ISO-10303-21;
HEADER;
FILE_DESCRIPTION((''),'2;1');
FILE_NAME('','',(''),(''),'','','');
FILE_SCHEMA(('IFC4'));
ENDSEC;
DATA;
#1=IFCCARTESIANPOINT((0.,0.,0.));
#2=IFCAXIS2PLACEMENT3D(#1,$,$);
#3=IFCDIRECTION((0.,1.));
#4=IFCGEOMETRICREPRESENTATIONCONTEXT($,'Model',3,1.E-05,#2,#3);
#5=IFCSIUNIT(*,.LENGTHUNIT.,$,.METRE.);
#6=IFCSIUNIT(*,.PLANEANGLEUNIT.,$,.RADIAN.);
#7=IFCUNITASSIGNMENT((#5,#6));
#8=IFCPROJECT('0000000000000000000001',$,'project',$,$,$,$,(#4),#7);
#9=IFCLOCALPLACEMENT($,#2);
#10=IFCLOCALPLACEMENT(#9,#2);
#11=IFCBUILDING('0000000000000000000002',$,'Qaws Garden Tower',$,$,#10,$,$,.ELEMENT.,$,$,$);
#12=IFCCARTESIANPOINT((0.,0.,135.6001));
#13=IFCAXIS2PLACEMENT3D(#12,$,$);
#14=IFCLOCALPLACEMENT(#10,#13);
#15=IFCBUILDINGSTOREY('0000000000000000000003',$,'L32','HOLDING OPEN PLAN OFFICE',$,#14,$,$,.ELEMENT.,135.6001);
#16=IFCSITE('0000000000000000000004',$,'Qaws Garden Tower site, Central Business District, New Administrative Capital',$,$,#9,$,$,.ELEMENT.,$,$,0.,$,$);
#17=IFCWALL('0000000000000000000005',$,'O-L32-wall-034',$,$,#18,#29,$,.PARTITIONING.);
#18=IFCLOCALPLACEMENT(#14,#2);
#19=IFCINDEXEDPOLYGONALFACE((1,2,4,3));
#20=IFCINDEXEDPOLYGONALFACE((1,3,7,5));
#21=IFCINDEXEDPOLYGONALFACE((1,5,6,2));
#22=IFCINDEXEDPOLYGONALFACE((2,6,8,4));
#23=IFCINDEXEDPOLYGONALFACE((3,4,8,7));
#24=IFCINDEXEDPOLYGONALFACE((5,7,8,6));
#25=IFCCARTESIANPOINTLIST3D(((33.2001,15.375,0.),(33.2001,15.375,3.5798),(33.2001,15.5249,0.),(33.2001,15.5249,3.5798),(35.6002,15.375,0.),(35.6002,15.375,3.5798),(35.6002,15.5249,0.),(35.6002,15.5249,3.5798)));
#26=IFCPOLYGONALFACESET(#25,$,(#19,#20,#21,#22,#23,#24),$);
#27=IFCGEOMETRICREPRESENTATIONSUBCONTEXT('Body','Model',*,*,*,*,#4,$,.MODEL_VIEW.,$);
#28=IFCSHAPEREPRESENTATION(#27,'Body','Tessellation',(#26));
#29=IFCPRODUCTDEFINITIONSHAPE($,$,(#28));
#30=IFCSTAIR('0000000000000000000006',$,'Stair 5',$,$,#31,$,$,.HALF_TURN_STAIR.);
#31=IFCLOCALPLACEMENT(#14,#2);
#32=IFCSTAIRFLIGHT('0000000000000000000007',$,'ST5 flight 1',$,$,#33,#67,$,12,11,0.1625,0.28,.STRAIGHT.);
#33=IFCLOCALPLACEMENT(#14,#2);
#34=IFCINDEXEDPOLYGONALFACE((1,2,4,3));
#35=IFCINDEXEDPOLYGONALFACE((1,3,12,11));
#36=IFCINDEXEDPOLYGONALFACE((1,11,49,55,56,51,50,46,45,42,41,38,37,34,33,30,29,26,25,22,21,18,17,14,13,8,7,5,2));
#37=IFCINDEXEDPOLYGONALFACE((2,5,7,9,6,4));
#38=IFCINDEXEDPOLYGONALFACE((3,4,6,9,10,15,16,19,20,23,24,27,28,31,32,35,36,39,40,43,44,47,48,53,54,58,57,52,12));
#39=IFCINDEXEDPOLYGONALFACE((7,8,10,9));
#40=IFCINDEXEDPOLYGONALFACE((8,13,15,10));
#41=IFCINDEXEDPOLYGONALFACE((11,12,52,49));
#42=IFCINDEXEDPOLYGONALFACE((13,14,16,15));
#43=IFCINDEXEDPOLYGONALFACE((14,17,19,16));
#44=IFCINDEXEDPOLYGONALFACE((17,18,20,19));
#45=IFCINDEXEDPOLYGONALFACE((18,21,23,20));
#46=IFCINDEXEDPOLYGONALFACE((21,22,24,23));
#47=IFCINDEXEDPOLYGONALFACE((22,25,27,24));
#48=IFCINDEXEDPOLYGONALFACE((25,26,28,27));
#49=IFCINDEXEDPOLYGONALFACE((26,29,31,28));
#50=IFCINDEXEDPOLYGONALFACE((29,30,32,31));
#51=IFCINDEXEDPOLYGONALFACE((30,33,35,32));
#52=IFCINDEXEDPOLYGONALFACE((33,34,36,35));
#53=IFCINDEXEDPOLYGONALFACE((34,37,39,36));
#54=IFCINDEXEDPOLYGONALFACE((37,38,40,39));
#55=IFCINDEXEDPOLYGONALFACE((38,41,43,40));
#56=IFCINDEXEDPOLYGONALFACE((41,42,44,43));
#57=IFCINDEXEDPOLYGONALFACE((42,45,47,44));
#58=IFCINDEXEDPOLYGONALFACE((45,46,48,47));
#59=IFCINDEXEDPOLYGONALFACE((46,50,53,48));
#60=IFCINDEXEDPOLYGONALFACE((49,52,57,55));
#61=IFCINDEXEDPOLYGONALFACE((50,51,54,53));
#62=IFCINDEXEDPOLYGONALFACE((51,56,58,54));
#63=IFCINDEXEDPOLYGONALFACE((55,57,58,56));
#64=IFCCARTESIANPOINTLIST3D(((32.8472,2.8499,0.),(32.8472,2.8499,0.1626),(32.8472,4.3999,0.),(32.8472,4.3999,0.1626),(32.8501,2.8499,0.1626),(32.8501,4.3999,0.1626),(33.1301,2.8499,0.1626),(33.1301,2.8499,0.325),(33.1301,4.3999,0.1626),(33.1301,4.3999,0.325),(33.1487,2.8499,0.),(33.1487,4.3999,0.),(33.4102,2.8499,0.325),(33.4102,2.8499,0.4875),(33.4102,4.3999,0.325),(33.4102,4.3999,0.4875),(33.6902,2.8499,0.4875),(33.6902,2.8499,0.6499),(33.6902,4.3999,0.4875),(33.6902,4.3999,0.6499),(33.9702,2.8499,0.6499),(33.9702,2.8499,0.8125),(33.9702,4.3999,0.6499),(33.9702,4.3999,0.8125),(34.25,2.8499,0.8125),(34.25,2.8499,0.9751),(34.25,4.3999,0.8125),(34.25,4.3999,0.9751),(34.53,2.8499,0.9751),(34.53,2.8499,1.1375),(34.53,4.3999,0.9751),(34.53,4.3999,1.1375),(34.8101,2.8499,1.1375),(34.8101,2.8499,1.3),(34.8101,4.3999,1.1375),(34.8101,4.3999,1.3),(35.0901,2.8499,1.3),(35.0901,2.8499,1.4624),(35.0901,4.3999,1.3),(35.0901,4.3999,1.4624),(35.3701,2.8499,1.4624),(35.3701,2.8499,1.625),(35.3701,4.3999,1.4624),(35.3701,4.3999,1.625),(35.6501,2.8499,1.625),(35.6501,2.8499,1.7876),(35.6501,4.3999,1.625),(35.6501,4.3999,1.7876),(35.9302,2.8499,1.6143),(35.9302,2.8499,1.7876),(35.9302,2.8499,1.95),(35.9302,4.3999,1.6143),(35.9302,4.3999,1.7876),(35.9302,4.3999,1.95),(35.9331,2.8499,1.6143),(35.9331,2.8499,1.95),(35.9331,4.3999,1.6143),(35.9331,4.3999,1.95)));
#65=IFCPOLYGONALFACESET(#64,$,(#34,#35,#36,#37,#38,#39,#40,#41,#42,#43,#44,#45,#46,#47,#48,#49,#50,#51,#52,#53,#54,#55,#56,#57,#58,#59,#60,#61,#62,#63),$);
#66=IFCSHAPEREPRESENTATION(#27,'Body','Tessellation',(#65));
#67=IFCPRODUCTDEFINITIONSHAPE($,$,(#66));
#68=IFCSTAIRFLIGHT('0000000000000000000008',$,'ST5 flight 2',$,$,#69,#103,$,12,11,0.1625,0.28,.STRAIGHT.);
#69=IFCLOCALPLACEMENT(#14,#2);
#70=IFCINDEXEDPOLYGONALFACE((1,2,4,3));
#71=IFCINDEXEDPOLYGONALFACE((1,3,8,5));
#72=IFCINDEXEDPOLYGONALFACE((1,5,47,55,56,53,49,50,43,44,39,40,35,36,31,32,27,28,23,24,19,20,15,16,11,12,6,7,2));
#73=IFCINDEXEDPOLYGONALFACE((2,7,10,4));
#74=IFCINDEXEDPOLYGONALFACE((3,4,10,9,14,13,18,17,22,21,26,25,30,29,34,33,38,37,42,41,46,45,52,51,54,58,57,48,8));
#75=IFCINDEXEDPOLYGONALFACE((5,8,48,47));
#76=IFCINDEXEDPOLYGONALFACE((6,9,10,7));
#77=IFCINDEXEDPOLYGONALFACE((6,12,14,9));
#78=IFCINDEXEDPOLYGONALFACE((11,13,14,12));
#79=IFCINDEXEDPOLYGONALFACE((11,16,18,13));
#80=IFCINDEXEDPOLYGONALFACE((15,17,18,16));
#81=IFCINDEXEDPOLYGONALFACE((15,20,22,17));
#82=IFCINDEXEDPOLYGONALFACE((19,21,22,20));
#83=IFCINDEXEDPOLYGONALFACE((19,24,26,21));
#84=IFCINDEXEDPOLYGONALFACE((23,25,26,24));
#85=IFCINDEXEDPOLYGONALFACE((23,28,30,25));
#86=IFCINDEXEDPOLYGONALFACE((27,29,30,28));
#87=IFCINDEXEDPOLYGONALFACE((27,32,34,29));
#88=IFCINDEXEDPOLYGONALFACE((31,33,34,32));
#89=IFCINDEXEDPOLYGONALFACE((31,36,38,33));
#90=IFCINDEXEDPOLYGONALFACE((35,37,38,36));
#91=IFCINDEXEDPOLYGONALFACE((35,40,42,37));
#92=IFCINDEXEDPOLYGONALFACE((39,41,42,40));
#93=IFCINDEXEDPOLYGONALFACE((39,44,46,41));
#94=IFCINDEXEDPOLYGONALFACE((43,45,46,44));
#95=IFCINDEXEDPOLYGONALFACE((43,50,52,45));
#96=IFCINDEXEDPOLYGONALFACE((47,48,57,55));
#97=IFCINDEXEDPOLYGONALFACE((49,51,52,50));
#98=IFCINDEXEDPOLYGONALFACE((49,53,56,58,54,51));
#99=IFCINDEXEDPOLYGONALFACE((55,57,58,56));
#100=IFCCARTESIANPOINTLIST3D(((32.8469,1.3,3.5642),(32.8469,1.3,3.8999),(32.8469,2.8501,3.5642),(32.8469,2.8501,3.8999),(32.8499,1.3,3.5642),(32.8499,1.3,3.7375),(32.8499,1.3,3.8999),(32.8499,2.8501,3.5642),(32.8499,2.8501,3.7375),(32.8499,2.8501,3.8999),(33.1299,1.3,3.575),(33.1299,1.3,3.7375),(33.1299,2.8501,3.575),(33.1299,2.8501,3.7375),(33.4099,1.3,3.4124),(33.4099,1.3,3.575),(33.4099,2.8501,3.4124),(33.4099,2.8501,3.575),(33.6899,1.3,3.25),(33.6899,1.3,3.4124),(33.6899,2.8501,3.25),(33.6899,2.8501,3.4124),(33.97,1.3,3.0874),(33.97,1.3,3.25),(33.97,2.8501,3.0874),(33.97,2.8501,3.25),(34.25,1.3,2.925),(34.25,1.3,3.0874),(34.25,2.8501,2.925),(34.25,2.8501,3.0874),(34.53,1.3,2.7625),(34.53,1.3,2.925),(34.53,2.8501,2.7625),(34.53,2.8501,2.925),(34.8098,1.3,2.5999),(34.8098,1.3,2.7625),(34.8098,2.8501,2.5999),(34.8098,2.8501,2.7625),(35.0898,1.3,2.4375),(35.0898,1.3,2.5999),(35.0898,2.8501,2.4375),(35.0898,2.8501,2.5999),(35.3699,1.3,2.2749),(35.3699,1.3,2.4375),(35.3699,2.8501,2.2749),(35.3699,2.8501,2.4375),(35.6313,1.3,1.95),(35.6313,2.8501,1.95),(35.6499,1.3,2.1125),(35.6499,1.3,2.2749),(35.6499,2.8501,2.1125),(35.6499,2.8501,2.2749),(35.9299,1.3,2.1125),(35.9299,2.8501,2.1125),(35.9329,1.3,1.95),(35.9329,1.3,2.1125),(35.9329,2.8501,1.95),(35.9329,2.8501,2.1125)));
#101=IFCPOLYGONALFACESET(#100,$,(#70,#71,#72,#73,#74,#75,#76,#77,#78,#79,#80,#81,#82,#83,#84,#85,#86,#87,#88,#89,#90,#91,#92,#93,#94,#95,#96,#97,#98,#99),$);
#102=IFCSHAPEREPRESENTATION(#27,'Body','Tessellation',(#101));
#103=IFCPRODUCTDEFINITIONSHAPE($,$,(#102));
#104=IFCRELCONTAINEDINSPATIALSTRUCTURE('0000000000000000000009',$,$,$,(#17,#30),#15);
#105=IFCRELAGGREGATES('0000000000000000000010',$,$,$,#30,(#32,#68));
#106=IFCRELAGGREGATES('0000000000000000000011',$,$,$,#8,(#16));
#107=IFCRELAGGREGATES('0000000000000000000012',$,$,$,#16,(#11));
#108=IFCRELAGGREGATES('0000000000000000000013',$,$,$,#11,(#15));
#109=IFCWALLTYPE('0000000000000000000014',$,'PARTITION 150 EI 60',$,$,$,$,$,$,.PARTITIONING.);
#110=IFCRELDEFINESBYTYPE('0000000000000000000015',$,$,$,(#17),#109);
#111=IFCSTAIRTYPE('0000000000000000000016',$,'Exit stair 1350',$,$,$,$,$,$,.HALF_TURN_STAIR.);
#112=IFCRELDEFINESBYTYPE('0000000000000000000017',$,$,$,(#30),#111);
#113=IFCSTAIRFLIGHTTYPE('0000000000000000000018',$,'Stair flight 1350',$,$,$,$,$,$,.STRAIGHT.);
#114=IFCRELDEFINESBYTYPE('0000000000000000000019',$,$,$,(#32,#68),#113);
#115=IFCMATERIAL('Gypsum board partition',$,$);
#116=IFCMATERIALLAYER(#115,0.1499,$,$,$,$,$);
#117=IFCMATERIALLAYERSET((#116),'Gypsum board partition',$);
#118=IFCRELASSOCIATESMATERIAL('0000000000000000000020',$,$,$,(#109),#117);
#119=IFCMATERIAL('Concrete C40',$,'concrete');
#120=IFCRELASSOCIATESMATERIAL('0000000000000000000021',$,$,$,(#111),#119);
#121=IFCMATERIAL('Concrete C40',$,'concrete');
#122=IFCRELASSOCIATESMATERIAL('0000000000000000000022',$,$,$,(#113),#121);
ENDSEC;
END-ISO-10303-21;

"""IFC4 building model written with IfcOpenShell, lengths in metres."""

from ifc_helpers import new_model, si_unit, direction, frame, frame_2d, origin, place, context, subcontext, project, spatial, polyline, rectangle, outline, extrude, material, layer, layer_set, type_object, element, aggregate, save


model = new_model("IFC4")

# Units and contexts
model_context = context("Model", 3, precision=1e-05, world=origin(), true_north=direction((0.0, 1.0)))
body_context = subcontext(model_context, "Body", "Model", "MODEL_VIEW")
ifc_project = project(units=[si_unit("LENGTHUNIT", "METRE"), si_unit("PLANEANGLEUNIT", "RADIAN")], contexts=[model_context])

# Site, building, storey
site_placement = place(None, origin())
site = spatial("IfcSite", under=ifc_project, at=site_placement, Name="Qaws Garden Tower site, Central Business District, New Administrative Capital", CompositionType="ELEMENT", RefElevation=0.0)
building_placement = place(site_placement, origin())
building = spatial("IfcBuilding", under=site, at=building_placement, Name="Qaws Garden Tower", CompositionType="ELEMENT")
storey_placement = place(building_placement, frame((0.0, 0.0, 135.6001)))
storey = spatial("IfcBuildingStorey", under=building, at=storey_placement, Name="L32", Description="HOLDING OPEN PLAN OFFICE", CompositionType="ELEMENT", Elevation=135.6001)

# Shared definitions
ifc_material_1 = material(Name="Gypsum board partition")
ifc_layer_1 = layer(ifc_material_1, 0.1499)
ifc_layer_set_1 = layer_set([ifc_layer_1], Name="Gypsum board partition")
wall_type_1 = type_object("IfcWallType", Name="PARTITION 150 EI 60", PredefinedType="PARTITIONING", material=ifc_layer_set_1)

# Wall
wall_1_placement = place(storey_placement, frame((33.2, 15.45, 0.0), z_axis=(0.0, 0.0, 1.0), x_axis=(1.0, 0.0, 0.0)))
element("IfcWall", 1, at=wall_1_placement, inside=storey, type_object=wall_type_1, Name="O-L32-wall-034", PredefinedType="PARTITIONING", context=body_context, shape_type="SweptSolid", body=[
    extrude(rectangle(XDim=2.4001, YDim=0.1499, at=frame_2d((1.2002, 0.0))), origin(), (0.0, 0.0, 1.0), 3.5798),
])

# Stair, stair flights
ifc_material_2 = material(Name="Concrete C40", Category="concrete")
stair_type = type_object("IfcStairType", Name="Exit stair 1350", PredefinedType="HALF_TURN_STAIR", material=ifc_material_2)
stair_placement = place(storey_placement, origin())
stair = element("IfcStair", 2, at=stair_placement, inside=storey, type_object=stair_type, Name="Stair 5", PredefinedType="HALF_TURN_STAIR")
ifc_material_3 = material(Name="Concrete C40", Category="concrete")
stair_flight_type = type_object("IfcStairFlightType", Name="Stair flight 1350", PredefinedType="STRAIGHT", material=ifc_material_3)
stair_flight_1_placement = place(storey_placement, frame((32.8501, 3.625, 0.0), z_axis=(0.0, 0.0, 1.0), x_axis=(1.0, 0.0, 0.0)))
stair_flight_1 = element("IfcStairFlight", 3, at=stair_flight_1_placement, type_object=stair_flight_type, Name="ST5 flight 1", NumberOfRisers=12, NumberOfTreads=11, PredefinedType="STRAIGHT", RiserHeight=0.1625, TreadLength=0.28, context=body_context, shape_type="SweptSolid", body=[
    extrude(outline(polyline([(-0.0029, 0.0), (-0.0029, 0.1626), (0.0, 0.1626), (0.28, 0.1626), (0.28, 0.325), (0.5601, 0.325), (0.5601, 0.4875), (0.8401, 0.4875), (0.8401, 0.6499), (1.1201, 0.6499), (1.1201, 0.8125), (1.3999, 0.8125), (1.3999, 0.9751), (1.6799, 0.9751), (1.6799, 1.1375), (1.96, 1.1375), (1.96, 1.3), (2.24, 1.3), (2.24, 1.4624), (2.52, 1.4624), (2.52, 1.625), (2.8, 1.625), (2.8, 1.7876), (3.0801, 1.7876), (3.0801, 1.95), (3.083, 1.95), (3.083, 1.6143), (3.0801, 1.6143), (0.2986, 0.0), (-0.0029, 0.0)])), frame((0.0, 0.7749, 0.0), z_axis=(0.0, -1.0, 0.0), x_axis=(1.0, 0.0, 0.0)), (0.0, 0.0, 1.0), 1.55),
])
stair_flight_2_placement = place(storey_placement, frame((35.9299, 2.075, 1.95), z_axis=(0.0, 0.0, 1.0), x_axis=(-1.0, 0.0, 0.0)))
stair_flight_2 = element("IfcStairFlight", 4, at=stair_flight_2_placement, type_object=stair_flight_type, Name="ST5 flight 2", NumberOfRisers=12, NumberOfTreads=11, PredefinedType="STRAIGHT", RiserHeight=0.1625, TreadLength=0.28, context=body_context, shape_type="SweptSolid", body=[
    extrude(outline(polyline([(-0.0029, 0.0), (-0.0029, 0.1626), (0.0, 0.1626), (0.28, 0.1626), (0.28, 0.325), (0.5601, 0.325), (0.5601, 0.4875), (0.8401, 0.4875), (0.8401, 0.6499), (1.1201, 0.6499), (1.1201, 0.8125), (1.3999, 0.8125), (1.3999, 0.9751), (1.6799, 0.9751), (1.6799, 1.1375), (1.96, 1.1375), (1.96, 1.3), (2.24, 1.3), (2.24, 1.4624), (2.52, 1.4624), (2.52, 1.625), (2.8, 1.625), (2.8, 1.7876), (3.0801, 1.7876), (3.0801, 1.95), (3.083, 1.95), (3.083, 1.6143), (3.0801, 1.6143), (0.2986, 0.0), (-0.0029, 0.0)])), frame((0.0, 0.7749, 0.0), z_axis=(0.0, -1.0, 0.0), x_axis=(1.0, 0.0, 0.0)), (0.0, 0.0, 1.0), 1.55),
])
aggregate(stair, [stair_flight_1, stair_flight_2])

save(model, "model.ifc")
